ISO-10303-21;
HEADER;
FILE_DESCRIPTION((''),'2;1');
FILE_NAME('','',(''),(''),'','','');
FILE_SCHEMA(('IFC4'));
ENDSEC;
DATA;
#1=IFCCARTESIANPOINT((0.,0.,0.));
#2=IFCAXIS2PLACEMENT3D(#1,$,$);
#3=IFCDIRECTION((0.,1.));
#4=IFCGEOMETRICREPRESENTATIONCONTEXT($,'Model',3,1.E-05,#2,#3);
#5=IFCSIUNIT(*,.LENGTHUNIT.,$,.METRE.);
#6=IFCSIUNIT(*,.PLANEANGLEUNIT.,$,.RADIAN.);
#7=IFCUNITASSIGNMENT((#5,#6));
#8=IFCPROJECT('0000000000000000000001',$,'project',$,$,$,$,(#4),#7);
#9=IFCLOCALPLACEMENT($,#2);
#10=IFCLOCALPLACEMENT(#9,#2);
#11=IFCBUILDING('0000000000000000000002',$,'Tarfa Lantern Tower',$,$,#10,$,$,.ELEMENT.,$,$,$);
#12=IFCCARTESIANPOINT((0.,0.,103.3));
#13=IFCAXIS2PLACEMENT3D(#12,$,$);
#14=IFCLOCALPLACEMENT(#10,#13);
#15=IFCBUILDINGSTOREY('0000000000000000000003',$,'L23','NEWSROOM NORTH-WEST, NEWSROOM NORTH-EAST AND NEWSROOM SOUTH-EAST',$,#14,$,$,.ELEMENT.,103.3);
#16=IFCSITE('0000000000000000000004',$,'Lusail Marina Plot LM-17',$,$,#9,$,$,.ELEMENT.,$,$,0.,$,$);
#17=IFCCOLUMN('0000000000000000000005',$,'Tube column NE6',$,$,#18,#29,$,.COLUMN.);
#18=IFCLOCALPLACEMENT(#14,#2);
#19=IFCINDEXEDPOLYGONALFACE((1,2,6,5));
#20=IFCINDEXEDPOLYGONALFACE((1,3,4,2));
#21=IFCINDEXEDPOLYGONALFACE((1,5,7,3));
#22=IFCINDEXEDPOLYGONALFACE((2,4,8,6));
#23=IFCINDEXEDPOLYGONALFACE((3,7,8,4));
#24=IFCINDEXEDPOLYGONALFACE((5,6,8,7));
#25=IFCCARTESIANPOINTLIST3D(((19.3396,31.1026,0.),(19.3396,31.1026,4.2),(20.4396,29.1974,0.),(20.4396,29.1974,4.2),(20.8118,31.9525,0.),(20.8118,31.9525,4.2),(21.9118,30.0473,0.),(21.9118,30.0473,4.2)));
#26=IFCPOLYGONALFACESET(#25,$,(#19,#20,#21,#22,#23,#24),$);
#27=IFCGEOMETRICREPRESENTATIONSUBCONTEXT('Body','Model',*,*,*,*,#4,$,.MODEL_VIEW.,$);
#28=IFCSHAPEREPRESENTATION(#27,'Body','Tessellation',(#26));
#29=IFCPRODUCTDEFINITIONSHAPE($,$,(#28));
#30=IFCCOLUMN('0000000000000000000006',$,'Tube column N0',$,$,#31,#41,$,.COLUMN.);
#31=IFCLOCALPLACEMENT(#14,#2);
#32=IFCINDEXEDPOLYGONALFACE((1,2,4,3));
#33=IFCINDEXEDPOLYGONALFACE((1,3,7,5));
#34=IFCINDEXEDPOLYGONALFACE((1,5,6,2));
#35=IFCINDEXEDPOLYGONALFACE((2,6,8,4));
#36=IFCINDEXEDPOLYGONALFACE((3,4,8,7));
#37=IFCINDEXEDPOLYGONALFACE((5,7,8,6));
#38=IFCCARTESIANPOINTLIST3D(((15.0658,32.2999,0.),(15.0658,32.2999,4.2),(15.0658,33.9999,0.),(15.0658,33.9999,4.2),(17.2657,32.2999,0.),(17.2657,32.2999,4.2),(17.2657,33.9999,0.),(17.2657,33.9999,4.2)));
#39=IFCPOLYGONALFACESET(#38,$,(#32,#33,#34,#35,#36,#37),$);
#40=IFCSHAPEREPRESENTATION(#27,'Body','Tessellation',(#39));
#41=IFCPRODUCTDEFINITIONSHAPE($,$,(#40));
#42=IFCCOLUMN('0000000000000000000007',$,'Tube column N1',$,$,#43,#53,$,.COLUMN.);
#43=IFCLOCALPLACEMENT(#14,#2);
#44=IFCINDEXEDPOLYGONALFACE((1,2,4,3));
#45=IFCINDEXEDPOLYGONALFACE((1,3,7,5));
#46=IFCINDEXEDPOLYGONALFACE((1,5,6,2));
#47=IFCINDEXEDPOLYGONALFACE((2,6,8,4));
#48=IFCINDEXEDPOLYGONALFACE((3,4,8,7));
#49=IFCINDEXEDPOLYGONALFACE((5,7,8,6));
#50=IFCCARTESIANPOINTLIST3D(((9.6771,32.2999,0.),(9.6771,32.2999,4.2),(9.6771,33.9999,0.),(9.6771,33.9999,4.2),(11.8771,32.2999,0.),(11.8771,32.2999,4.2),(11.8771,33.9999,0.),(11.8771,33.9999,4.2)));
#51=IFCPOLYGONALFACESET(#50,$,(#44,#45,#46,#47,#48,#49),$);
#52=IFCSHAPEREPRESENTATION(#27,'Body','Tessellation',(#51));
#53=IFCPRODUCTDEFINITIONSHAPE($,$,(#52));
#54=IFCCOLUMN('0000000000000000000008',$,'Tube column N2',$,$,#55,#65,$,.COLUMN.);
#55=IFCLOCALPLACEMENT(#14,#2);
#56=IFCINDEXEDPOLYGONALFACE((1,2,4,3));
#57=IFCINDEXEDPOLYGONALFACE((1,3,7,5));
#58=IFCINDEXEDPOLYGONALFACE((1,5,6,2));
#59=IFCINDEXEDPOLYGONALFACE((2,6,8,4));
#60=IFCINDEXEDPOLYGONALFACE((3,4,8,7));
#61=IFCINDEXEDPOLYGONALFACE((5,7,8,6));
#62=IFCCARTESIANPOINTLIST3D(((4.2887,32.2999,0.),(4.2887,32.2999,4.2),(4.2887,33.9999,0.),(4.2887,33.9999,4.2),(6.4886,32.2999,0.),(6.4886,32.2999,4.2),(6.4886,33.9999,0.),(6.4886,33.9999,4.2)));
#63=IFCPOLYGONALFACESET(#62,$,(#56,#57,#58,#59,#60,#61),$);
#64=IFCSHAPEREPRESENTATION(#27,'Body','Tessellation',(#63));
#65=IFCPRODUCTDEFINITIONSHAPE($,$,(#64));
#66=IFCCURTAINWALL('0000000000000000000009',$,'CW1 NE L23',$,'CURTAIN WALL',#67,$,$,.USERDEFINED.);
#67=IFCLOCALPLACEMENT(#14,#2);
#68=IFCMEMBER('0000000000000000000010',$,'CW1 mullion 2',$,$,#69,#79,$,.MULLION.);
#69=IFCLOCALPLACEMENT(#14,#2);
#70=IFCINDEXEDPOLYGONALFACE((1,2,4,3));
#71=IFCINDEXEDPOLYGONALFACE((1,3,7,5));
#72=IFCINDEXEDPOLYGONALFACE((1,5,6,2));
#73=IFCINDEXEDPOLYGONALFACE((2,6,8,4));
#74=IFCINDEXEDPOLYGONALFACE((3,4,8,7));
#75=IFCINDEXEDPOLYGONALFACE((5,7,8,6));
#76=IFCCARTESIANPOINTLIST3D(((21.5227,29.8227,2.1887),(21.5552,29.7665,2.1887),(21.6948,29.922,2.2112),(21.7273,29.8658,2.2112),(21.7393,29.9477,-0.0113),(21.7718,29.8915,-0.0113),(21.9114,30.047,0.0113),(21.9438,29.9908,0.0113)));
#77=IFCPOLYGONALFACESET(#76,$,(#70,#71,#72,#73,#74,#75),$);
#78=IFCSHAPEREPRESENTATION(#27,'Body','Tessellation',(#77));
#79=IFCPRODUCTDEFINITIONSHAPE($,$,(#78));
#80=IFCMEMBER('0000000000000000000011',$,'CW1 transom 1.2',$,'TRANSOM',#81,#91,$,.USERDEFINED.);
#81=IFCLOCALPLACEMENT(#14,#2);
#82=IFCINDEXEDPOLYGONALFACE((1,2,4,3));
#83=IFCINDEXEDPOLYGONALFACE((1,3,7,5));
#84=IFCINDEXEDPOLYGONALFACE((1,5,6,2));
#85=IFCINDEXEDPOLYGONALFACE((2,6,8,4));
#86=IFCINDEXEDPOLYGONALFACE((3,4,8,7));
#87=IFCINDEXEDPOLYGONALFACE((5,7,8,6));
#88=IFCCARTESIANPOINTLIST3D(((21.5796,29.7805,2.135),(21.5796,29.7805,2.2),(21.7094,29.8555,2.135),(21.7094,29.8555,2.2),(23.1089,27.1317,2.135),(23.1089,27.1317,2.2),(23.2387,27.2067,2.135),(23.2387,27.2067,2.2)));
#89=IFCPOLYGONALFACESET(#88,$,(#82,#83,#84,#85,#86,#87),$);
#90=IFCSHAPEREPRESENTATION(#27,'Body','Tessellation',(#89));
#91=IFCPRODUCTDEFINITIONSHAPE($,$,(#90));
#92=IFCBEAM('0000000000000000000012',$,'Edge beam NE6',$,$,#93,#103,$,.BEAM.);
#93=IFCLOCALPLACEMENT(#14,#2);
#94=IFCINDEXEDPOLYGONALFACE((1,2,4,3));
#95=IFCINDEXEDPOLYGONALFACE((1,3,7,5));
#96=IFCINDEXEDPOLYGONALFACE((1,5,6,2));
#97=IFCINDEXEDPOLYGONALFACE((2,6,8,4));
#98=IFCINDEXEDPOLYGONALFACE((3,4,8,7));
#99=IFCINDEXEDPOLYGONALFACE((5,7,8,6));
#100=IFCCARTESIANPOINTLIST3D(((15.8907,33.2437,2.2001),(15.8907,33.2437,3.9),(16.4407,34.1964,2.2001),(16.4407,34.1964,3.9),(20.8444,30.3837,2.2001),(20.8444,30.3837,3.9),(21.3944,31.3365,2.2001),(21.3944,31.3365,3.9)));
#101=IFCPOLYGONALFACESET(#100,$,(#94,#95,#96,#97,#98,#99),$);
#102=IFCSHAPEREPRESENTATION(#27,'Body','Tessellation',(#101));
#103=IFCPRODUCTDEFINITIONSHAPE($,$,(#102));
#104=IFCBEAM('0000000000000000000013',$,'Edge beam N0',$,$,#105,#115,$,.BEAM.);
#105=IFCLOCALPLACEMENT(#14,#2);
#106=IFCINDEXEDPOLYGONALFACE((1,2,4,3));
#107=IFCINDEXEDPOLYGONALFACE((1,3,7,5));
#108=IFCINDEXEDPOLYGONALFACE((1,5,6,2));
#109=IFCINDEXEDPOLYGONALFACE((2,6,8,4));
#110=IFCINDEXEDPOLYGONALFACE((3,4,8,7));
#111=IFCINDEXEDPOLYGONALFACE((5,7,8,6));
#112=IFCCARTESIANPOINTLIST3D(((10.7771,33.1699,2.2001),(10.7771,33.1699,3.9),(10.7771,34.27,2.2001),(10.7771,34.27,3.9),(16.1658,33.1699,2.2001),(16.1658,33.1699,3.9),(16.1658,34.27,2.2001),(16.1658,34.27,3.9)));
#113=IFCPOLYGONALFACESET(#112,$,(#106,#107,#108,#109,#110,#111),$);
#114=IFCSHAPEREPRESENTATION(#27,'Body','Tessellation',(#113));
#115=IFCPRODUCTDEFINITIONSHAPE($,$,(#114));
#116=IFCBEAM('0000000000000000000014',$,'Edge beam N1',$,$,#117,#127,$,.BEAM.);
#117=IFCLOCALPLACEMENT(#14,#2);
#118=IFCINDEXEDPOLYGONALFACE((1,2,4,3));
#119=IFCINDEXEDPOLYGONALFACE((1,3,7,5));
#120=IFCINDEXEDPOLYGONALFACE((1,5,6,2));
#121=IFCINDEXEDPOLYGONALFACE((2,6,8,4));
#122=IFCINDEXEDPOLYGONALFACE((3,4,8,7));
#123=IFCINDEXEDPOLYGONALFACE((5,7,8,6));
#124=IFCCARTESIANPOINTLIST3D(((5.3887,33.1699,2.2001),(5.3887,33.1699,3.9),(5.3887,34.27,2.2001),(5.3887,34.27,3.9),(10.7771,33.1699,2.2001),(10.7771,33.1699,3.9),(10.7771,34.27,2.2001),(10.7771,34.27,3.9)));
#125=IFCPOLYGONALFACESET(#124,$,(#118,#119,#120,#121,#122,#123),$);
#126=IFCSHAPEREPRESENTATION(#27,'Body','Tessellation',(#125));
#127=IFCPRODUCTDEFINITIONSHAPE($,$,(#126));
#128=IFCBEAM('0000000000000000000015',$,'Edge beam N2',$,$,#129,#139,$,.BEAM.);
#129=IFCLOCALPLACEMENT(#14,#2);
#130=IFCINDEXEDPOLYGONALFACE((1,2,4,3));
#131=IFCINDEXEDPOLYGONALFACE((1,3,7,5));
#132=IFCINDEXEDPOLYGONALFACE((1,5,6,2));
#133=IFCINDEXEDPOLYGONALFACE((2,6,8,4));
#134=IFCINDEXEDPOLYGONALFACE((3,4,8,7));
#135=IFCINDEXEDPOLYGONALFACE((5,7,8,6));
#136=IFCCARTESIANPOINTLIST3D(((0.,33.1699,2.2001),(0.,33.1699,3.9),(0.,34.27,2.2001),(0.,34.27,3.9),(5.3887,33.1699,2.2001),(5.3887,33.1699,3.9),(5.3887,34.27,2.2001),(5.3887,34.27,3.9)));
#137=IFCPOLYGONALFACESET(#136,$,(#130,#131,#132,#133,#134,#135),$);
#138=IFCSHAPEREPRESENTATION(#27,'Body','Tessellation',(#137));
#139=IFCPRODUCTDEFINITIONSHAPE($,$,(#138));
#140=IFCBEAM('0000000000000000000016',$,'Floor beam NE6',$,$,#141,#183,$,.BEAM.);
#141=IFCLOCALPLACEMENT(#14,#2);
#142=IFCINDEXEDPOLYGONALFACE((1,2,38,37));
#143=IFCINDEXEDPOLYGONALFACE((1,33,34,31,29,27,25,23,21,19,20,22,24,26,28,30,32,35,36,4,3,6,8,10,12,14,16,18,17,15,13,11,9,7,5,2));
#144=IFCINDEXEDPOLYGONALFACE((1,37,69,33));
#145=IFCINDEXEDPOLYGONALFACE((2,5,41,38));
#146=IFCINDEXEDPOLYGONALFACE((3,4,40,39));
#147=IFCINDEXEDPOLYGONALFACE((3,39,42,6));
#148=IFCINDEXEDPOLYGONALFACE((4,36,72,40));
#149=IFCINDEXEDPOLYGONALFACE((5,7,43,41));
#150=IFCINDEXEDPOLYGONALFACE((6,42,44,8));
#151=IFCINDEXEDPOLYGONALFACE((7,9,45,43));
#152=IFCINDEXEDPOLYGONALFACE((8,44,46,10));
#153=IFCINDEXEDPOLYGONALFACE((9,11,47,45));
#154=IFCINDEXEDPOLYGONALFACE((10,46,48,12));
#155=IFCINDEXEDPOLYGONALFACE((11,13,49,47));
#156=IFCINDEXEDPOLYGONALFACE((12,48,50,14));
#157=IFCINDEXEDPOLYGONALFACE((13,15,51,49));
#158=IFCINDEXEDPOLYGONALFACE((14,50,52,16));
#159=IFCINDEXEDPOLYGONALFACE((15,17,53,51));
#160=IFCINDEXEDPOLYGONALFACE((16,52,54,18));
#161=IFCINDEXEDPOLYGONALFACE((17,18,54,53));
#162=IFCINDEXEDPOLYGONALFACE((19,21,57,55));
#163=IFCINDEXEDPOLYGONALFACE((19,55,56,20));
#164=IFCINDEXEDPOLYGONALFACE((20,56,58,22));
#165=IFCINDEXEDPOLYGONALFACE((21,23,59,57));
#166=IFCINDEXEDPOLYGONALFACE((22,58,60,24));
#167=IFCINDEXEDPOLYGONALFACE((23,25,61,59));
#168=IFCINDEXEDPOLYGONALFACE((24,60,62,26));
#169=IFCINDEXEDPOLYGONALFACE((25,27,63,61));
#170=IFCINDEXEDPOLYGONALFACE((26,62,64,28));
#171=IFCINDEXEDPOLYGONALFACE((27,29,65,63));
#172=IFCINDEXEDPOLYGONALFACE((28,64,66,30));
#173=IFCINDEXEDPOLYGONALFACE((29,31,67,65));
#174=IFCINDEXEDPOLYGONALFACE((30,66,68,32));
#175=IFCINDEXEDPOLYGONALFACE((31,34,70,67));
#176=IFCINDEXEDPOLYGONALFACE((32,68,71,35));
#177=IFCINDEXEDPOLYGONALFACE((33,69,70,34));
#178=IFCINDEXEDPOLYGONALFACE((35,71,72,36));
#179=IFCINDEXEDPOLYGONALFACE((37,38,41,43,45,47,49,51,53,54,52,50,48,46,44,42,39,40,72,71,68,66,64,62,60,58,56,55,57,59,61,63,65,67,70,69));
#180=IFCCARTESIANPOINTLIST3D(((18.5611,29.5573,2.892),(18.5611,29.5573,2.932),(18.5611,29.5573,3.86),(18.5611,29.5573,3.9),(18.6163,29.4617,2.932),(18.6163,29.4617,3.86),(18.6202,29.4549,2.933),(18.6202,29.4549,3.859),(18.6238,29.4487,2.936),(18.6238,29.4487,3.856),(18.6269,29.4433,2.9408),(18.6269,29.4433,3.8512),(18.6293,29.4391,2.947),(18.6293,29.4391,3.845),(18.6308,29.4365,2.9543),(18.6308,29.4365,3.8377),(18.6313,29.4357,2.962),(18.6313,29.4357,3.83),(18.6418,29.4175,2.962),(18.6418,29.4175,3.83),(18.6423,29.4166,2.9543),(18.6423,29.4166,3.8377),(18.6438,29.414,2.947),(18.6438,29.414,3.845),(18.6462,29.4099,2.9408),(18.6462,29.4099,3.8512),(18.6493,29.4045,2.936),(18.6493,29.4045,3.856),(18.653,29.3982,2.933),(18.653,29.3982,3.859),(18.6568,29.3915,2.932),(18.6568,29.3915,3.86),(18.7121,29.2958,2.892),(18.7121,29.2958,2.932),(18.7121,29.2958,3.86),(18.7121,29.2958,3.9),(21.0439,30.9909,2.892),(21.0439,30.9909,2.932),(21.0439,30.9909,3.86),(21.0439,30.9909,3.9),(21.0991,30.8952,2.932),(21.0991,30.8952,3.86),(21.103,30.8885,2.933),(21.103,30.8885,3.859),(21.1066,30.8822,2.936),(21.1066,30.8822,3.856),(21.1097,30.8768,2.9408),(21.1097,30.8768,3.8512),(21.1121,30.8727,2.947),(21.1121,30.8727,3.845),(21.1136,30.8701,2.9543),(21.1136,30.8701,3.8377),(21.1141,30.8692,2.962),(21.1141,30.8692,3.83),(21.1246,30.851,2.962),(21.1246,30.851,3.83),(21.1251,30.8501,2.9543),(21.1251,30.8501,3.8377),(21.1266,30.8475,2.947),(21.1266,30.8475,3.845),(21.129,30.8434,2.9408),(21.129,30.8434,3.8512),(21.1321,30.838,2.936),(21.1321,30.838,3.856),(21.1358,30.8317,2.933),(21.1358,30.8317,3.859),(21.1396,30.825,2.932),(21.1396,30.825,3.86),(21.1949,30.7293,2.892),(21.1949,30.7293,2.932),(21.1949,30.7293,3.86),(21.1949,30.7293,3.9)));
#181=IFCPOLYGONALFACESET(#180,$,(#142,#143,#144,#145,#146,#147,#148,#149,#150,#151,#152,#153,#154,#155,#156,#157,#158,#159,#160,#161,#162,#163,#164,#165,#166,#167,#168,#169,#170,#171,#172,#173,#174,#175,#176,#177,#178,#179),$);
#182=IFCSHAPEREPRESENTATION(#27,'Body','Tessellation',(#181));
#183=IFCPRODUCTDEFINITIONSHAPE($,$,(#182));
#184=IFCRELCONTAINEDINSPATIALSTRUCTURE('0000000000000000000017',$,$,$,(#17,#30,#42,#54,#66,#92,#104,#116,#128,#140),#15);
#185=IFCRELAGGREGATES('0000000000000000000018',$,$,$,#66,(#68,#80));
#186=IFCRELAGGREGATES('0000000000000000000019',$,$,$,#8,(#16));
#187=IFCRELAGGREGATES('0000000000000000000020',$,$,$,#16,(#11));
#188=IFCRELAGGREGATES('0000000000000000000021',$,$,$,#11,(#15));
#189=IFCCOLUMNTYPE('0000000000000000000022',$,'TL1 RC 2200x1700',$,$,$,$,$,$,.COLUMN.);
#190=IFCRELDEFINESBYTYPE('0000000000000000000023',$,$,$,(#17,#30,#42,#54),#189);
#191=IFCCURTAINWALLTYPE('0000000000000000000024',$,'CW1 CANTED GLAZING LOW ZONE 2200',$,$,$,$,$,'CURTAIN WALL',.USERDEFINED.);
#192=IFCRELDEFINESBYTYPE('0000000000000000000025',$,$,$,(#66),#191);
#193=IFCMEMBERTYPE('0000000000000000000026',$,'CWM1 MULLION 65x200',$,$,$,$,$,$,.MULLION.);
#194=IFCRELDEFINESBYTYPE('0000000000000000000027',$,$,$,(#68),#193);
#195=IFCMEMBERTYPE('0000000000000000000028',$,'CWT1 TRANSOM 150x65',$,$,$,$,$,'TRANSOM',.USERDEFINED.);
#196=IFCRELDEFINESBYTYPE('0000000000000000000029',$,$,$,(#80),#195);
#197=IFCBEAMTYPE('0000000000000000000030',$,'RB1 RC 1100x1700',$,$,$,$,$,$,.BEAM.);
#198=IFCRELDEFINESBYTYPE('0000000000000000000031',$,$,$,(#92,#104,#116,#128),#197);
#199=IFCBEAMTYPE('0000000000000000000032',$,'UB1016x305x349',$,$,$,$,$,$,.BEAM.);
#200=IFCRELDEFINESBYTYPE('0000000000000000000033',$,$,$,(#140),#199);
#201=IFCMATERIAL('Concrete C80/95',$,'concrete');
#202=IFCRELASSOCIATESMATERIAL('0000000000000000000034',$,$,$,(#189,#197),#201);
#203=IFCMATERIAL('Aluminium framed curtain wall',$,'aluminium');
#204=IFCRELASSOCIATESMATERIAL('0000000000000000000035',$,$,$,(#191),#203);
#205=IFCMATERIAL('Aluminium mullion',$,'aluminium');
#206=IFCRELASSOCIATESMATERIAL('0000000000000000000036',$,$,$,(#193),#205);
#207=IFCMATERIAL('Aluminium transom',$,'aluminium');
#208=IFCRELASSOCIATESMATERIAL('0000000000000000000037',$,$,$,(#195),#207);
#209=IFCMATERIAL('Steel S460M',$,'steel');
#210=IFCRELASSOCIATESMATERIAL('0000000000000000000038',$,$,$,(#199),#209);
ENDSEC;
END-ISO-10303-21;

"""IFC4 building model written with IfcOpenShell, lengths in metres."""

from ifc_helpers import new_model, si_unit, direction, frame, origin, origin_2d, place, context, subcontext, project, spatial, rectangle, i_section, extrude, material, material_profile, profile_set, type_object, element, aggregate, save


model = new_model("IFC4")

# Units and contexts
model_context = context("Model", 3, precision=1e-05, world=origin(), true_north=direction((0.0, 1.0)))
body_context = subcontext(model_context, "Body", "Model", "MODEL_VIEW")
ifc_project = project(units=[si_unit("LENGTHUNIT", "METRE"), si_unit("PLANEANGLEUNIT", "RADIAN")], contexts=[model_context])

# Site, building, storey
site_placement = place(None, origin())
site = spatial("IfcSite", under=ifc_project, at=site_placement, Name="Lusail Marina Plot LM-17", CompositionType="ELEMENT", RefElevation=0.0)
building_placement = place(site_placement, origin())
building = spatial("IfcBuilding", under=site, at=building_placement, Name="Tarfa Lantern Tower", CompositionType="ELEMENT")
storey_placement = place(building_placement, frame((0.0, 0.0, 103.3)))
storey = spatial("IfcBuildingStorey", under=building, at=storey_placement, Name="L23", Description="NEWSROOM NORTH-WEST, NEWSROOM NORTH-EAST AND NEWSROOM SOUTH-EAST", CompositionType="ELEMENT", Elevation=103.3)

# Columns
ifc_material_1 = material(Name="Concrete C80/95", Category="concrete")
ifc_material_profile_1 = material_profile(ifc_material_1, rectangle(XDim=2.2, YDim=1.7, at=origin_2d()), Name="RC 2200x1700")
ifc_profile_set_1 = profile_set([ifc_material_profile_1], Name="Concrete C80/95")
column_type = type_object("IfcColumnType", Name="TL1 RC 2200x1700", PredefinedType="COLUMN", material=ifc_profile_set_1)
for number, where, z_axis, x_axis, name in (
    (1, (20.6257, 30.575, 0.0), (0.0, 0.0, 1.0), (-0.5, 0.866025, 0.0), "Tube column NE6"),
    (2, (16.1658, 33.1499, 0.0), (0.0, 0.0, 1.0), (-1.0, 0.0, 0.0), "Tube column N0"),
    (3, (10.7771, 33.1499, 0.0), (0.0, 0.0, 1.0), (-1.0, 0.0, 0.0), "Tube column N1"),
    (4, (5.3887, 33.1499, 0.0), (0.0, 0.0, 1.0), (-1.0, 0.0, 0.0), "Tube column N2"),
):
    element("IfcColumn", number, at=place(storey_placement, frame(where, z_axis=z_axis, x_axis=x_axis)), inside=storey, type_object=column_type, Name=name, PredefinedType="COLUMN", context=body_context, shape_type="SweptSolid", body=[
        extrude(rectangle(XDim=2.2, YDim=1.7, at=origin_2d()), origin(), (0.0, 0.0, 1.0), 4.2),
    ])

# Curtain wall, members
ifc_material_2 = material(Name="Aluminium framed curtain wall", Category="aluminium")
curtain_wall_type = type_object("IfcCurtainWallType", Name="CW1 CANTED GLAZING LOW ZONE 2200", ElementType="CURTAIN WALL", PredefinedType="USERDEFINED", material=ifc_material_2)
curtain_wall_placement = place(storey_placement, origin())
curtain_wall = element("IfcCurtainWall", 5, at=curtain_wall_placement, inside=storey, type_object=curtain_wall_type, Name="CW1 NE L23", ObjectType="CURTAIN WALL", PredefinedType="USERDEFINED")
ifc_material_3 = material(Name="Aluminium mullion", Category="aluminium")
ifc_material_profile_2 = material_profile(ifc_material_3, rectangle(XDim=0.0649, YDim=0.2, at=origin_2d()), Name="AL MULLION 65x200")
ifc_profile_set_2 = profile_set([ifc_material_profile_2], Name="Aluminium mullion")
member_type_1 = type_object("IfcMemberType", Name="CWM1 MULLION 65x200", PredefinedType="MULLION", material=ifc_profile_set_2)
member_1_placement = place(storey_placement, frame((21.8416, 29.9692, 0.0), z_axis=(-0.097806, -0.056456, 0.993603), x_axis=(0.49992, -0.866072, 0.0)))
member_1 = element("IfcMember", 6, at=member_1_placement, type_object=member_type_1, Name="CW1 mullion 2", PredefinedType="MULLION", context=body_context, shape_type="SweptSolid", body=[
    extrude(rectangle(XDim=0.0649, YDim=0.2, at=origin_2d()), origin(), (0.0, 0.0, 1.0), 2.2141),
])
ifc_material_4 = material(Name="Aluminium transom", Category="aluminium")
ifc_material_profile_3 = material_profile(ifc_material_4, rectangle(XDim=0.1499, YDim=0.0649, at=origin_2d()), Name="AL TRANSOM 150x65")
ifc_profile_set_3 = profile_set([ifc_material_profile_3], Name="Aluminium transom")
member_type_2 = type_object("IfcMemberType", Name="CWT1 TRANSOM 150x65", ElementType="TRANSOM", PredefinedType="USERDEFINED", material=ifc_profile_set_3)
member_2_placement = place(storey_placement, frame((23.1738, 27.1692, 2.1675), z_axis=(-0.50002, 0.866014, 0.0), x_axis=(-0.866014, -0.50002, 0.0)))
member_2 = element("IfcMember", 7, at=member_2_placement, type_object=member_type_2, Name="CW1 transom 1.2", ObjectType="TRANSOM", PredefinedType="USERDEFINED", context=body_context, shape_type="SweptSolid", body=[
    extrude(rectangle(XDim=0.1499, YDim=0.0649, at=origin_2d()), origin(), (0.0, 0.0, 1.0), 3.0586),
])
aggregate(curtain_wall, [member_1, member_2])

# Beams
ifc_material_profile_4 = material_profile(ifc_material_1, rectangle(XDim=1.1001, YDim=1.7, at=origin_2d()), Name="RC 1100x1700")
ifc_profile_set_4 = profile_set([ifc_material_profile_4], Name="Concrete C80/95")
beam_type_1 = type_object("IfcBeamType", Name="RB1 RC 1100x1700", PredefinedType="BEAM", material=ifc_profile_set_4)
beam_1_placement = place(storey_placement, frame((21.1194, 30.8601, 3.05), z_axis=(-0.866033, 0.499986, 0.0), x_axis=(-0.499986, -0.866033, 0.0)))
element("IfcBeam", 8, at=beam_1_placement, inside=storey, type_object=beam_type_1, Name="Edge beam NE6", PredefinedType="BEAM", context=body_context, shape_type="SweptSolid", body=[
    extrude(rectangle(XDim=1.1001, YDim=1.7, at=origin_2d()), origin(), (0.0, 0.0, 1.0), 5.72),
])
beam_2_placement = place(storey_placement, frame((16.1658, 33.72, 3.05), z_axis=(-1.0, 0.0, 0.0), x_axis=(0.0, -1.0, 0.0)))
element("IfcBeam", 9, at=beam_2_placement, inside=storey, type_object=beam_type_1, Name="Edge beam N0", PredefinedType="BEAM", context=body_context, shape_type="SweptSolid", body=[
    extrude(rectangle(XDim=1.1001, YDim=1.7, at=origin_2d()), origin(), (0.0, 0.0, 1.0), 5.3887),
])
beam_3_placement = place(storey_placement, frame((10.7771, 33.72, 3.05), z_axis=(-1.0, 0.0, 0.0), x_axis=(0.0, -1.0, 0.0)))
element("IfcBeam", 10, at=beam_3_placement, inside=storey, type_object=beam_type_1, Name="Edge beam N1", PredefinedType="BEAM", context=body_context, shape_type="SweptSolid", body=[
    extrude(rectangle(XDim=1.1001, YDim=1.7, at=origin_2d()), origin(), (0.0, 0.0, 1.0), 5.3884),
])
beam_4_placement = place(storey_placement, frame((5.3887, 33.72, 3.05), z_axis=(-1.0, 0.0, 0.0), x_axis=(0.0, -1.0, 0.0)))
element("IfcBeam", 11, at=beam_4_placement, inside=storey, type_object=beam_type_1, Name="Edge beam N2", PredefinedType="BEAM", context=body_context, shape_type="SweptSolid", body=[
    extrude(rectangle(XDim=1.1001, YDim=1.7, at=origin_2d()), origin(), (0.0, 0.0, 1.0), 5.3887),
])
ifc_material_5 = material(Name="Steel S460M", Category="steel")
ifc_material_profile_5 = material_profile(ifc_material_5, i_section(OverallWidth=0.302, OverallDepth=1.0081, WebThickness=0.021, FlangeThickness=0.04, FilletRadius=0.03, at=origin_2d()), Name="UB1016x305x349")
ifc_profile_set_5 = profile_set([ifc_material_profile_5], Name="Steel S460M")
beam_type_2 = type_object("IfcBeamType", Name="UB1016x305x349", PredefinedType="BEAM", material=ifc_profile_set_5)
beam_5_placement = place(storey_placement, frame((21.1194, 30.8601, 3.396), z_axis=(-0.866013, -0.500022, 0.0), x_axis=(0.500022, -0.866013, 0.0)))
element("IfcBeam", 12, at=beam_5_placement, inside=storey, type_object=beam_type_2, Name="Floor beam NE6", PredefinedType="BEAM", context=body_context, shape_type="SweptSolid", body=[
    extrude(i_section(OverallWidth=0.302, OverallDepth=1.0081, WebThickness=0.021, FlangeThickness=0.04, FilletRadius=0.03, at=origin_2d()), origin(), (0.0, 0.0, 1.0), 2.8669),
])

save(model, "model.ifc")
